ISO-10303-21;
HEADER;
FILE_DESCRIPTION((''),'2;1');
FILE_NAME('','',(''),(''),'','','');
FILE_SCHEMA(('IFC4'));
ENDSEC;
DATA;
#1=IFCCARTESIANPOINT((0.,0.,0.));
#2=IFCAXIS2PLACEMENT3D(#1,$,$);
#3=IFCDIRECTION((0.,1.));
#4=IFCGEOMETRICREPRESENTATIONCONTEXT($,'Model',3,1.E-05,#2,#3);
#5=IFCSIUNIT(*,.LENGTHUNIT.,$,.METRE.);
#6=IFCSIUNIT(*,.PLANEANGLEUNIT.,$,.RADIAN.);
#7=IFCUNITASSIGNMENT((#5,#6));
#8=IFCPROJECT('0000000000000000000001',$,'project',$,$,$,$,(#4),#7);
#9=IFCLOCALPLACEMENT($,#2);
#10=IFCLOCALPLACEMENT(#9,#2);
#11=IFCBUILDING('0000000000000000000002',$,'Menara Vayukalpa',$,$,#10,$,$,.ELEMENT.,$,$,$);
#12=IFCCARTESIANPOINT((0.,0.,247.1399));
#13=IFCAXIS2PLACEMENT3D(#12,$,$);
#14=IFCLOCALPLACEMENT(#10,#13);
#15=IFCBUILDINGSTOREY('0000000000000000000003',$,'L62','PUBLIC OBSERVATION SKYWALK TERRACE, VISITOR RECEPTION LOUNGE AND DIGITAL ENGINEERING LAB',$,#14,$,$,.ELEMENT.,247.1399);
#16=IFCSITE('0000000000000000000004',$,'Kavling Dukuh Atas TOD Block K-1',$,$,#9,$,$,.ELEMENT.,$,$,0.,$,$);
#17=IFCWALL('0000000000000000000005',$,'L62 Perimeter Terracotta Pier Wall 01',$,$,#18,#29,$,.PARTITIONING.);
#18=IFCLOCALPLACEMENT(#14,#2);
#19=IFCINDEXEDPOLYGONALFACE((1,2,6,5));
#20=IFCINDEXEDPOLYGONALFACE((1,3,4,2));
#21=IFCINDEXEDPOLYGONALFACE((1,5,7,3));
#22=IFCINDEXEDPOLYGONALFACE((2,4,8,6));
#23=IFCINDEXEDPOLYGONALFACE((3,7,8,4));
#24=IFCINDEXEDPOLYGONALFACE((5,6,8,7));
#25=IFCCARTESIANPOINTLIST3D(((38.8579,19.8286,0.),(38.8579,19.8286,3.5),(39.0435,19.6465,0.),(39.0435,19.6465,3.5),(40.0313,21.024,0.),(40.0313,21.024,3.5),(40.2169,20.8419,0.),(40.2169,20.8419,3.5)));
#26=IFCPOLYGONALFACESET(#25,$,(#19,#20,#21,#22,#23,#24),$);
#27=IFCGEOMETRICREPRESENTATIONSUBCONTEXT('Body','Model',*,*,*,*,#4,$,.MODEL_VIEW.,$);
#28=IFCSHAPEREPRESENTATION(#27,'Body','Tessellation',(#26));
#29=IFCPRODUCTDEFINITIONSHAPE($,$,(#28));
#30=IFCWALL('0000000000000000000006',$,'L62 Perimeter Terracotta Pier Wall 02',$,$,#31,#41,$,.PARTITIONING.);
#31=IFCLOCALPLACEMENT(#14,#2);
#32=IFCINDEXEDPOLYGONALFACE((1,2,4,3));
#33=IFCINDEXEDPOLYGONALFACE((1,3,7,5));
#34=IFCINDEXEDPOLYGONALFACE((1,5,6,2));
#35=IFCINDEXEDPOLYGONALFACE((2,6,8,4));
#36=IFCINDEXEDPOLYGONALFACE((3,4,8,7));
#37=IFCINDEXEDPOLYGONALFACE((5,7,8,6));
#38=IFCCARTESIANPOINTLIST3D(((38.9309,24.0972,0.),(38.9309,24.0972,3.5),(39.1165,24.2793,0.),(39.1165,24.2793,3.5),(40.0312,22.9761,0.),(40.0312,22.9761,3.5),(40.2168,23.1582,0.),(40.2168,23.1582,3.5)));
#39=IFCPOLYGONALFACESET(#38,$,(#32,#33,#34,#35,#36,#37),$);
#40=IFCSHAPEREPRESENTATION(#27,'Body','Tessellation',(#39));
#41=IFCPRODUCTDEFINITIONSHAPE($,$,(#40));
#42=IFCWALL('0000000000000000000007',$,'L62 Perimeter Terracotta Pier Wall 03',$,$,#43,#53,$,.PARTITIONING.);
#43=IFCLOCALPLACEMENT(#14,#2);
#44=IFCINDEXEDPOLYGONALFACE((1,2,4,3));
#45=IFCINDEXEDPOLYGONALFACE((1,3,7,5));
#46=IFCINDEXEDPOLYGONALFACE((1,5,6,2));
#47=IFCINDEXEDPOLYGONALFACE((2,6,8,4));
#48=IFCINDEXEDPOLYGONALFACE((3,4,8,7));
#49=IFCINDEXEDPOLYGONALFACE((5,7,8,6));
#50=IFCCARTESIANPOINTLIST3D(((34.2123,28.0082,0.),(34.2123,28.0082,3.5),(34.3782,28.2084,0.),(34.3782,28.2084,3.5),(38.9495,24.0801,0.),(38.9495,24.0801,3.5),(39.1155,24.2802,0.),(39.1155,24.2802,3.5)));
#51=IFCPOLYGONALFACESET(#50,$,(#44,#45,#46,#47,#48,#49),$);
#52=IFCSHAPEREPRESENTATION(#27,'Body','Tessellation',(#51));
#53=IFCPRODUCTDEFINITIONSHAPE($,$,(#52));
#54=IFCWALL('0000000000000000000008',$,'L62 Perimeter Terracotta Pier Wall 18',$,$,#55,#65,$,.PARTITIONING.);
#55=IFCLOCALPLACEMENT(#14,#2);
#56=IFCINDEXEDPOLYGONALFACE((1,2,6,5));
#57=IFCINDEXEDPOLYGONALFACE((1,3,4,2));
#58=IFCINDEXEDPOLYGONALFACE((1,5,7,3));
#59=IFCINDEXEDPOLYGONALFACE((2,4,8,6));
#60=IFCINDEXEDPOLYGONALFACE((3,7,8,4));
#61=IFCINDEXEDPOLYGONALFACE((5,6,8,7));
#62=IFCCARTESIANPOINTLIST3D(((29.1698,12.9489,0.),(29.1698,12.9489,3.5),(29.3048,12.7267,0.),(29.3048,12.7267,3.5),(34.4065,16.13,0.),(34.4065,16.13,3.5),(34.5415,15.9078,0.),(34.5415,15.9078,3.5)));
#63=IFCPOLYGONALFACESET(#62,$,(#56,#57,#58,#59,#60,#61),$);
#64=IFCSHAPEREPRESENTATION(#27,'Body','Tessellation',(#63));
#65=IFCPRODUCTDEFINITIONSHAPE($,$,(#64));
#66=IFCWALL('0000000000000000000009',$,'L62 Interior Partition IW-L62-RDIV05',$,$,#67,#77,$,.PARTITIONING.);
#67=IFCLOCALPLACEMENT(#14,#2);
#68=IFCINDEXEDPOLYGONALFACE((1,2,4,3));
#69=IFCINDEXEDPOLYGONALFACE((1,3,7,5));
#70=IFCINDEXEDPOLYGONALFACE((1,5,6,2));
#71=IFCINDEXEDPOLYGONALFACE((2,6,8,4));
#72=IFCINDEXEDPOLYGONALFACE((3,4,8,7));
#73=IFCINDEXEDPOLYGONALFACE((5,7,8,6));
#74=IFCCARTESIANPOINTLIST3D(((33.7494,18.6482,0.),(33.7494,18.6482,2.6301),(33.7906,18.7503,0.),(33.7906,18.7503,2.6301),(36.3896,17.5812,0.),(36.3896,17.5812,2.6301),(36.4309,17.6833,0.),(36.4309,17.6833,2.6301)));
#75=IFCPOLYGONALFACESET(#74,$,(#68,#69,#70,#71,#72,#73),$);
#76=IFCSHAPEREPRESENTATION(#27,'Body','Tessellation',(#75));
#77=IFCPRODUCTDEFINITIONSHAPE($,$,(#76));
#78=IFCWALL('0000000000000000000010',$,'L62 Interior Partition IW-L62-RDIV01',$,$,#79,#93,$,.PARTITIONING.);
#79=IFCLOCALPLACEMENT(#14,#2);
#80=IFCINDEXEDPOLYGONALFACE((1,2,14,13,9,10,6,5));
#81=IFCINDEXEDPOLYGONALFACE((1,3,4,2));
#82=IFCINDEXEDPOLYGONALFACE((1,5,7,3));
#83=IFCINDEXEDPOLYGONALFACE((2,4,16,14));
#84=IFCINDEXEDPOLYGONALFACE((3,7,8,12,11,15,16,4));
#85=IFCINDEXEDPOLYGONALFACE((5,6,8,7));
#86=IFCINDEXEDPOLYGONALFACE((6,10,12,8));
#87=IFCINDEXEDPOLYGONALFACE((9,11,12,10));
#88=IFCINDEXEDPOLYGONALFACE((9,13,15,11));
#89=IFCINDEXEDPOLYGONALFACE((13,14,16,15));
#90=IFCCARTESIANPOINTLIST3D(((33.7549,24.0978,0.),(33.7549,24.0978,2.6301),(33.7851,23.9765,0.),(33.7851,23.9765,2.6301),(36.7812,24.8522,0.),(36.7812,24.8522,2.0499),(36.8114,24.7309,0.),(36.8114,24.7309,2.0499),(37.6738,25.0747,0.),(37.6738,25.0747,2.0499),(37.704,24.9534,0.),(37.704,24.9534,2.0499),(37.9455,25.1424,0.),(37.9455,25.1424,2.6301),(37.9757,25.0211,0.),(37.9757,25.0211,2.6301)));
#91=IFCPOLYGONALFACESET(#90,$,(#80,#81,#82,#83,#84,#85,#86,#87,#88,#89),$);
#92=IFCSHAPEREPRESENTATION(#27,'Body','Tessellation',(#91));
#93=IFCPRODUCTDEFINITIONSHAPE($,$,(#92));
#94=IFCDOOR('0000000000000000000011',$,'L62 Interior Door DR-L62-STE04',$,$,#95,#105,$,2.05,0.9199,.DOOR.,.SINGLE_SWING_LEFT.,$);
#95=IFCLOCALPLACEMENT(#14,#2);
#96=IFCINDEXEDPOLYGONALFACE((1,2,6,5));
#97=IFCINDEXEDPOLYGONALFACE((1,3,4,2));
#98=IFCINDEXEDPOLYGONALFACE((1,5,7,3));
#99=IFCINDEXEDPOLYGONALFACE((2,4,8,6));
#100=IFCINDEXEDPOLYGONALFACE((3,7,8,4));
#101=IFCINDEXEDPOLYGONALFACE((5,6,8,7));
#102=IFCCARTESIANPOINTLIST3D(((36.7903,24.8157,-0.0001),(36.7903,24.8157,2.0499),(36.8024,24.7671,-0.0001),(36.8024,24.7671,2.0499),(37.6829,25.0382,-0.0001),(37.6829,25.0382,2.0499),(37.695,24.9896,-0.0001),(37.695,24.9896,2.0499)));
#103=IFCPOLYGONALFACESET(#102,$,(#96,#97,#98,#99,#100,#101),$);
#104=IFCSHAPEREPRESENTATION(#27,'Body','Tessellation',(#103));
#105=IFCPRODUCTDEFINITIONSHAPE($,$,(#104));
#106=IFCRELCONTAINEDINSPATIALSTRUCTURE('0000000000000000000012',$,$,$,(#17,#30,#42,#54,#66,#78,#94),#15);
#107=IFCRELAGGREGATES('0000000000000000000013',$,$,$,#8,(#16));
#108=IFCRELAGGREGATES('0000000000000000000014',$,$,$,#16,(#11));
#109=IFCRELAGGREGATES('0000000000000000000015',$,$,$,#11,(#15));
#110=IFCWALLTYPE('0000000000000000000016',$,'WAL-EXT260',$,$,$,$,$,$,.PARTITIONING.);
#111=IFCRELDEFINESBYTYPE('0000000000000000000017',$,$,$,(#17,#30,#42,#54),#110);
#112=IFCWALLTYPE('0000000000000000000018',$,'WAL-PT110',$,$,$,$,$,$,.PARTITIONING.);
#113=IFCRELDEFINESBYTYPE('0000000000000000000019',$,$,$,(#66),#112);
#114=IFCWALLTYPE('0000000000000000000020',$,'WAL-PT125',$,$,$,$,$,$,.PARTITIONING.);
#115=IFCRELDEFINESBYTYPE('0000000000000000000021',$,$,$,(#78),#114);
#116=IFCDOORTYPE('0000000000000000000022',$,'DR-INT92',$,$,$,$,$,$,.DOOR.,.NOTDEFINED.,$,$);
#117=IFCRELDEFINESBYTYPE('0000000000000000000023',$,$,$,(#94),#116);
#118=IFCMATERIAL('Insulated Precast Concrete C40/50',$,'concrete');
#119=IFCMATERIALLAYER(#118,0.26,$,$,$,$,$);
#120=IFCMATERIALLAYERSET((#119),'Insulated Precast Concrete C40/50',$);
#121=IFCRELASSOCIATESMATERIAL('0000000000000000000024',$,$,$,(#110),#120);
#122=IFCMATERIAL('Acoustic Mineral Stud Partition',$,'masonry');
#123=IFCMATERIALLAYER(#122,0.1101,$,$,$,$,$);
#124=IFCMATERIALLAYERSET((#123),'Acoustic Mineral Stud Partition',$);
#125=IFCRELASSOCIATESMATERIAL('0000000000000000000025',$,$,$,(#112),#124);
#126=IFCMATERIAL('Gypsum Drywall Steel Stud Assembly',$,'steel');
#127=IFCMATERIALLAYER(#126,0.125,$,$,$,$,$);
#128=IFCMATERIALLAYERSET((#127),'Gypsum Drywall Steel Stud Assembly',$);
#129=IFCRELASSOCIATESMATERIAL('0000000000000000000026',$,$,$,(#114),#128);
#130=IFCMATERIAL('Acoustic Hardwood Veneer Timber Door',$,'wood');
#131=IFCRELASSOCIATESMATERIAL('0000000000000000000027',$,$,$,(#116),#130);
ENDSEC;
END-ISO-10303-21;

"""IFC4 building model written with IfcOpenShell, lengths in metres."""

from ifc_helpers import new_model, si_unit, direction, frame, frame_2d, origin, place, context, subcontext, project, spatial, rectangle, extrude, material, layer, layer_set, type_object, element, fill, save


model = new_model("IFC4")

# Units and contexts
model_context = context("Model", 3, precision=1e-05, world=origin(), true_north=direction((0.0, 1.0)))
body_context = subcontext(model_context, "Body", "Model", "MODEL_VIEW")
ifc_project = project(units=[si_unit("LENGTHUNIT", "METRE"), si_unit("PLANEANGLEUNIT", "RADIAN")], contexts=[model_context])

# Site, building, storey
site_placement = place(None, origin())
site = spatial("IfcSite", under=ifc_project, at=site_placement, Name="Kavling Dukuh Atas TOD Block K-1", CompositionType="ELEMENT", RefElevation=0.0)
building_placement = place(site_placement, origin())
building = spatial("IfcBuilding", under=site, at=building_placement, Name="Menara Vayukalpa", CompositionType="ELEMENT")
storey_placement = place(building_placement, frame((0.0, 0.0, 247.1399)))
storey = spatial("IfcBuildingStorey", under=building, at=storey_placement, Name="L62", Description="PUBLIC OBSERVATION SKYWALK TERRACE, VISITOR RECEPTION LOUNGE AND DIGITAL ENGINEERING LAB", CompositionType="ELEMENT", Elevation=247.1399)

# Walls
ifc_material_1 = material(Name="Insulated Precast Concrete C40/50", Category="concrete")
ifc_layer_1 = layer(ifc_material_1, 0.26)
ifc_layer_set_1 = layer_set([ifc_layer_1], Name="Insulated Precast Concrete C40/50")
wall_type_1 = type_object("IfcWallType", Name="WAL-EXT260", PredefinedType="PARTITIONING", material=ifc_layer_set_1)
wall_1_placement = place(storey_placement, frame((40.124, 20.9329, 0.0), z_axis=(0.0, 0.0, 1.0), x_axis=(-0.700517, -0.713636, 0.0)))
element("IfcWall", 1, at=wall_1_placement, inside=storey, type_object=wall_type_1, Name="L62 Perimeter Terracotta Pier Wall 01", PredefinedType="PARTITIONING", context=body_context, shape_type="SweptSolid", body=[
    extrude(rectangle(XDim=1.675, YDim=0.26, at=frame_2d((0.8374, 0.0))), origin(), (0.0, 0.0, 1.0), 3.5),
])
wall_2_placement = place(storey_placement, frame((39.0237, 24.1882, 0.0), z_axis=(0.0, 0.0, 1.0), x_axis=(0.700471, -0.713681, 0.0)))
element("IfcWall", 2, at=wall_2_placement, inside=storey, type_object=wall_type_1, Name="L62 Perimeter Terracotta Pier Wall 02", PredefinedType="PARTITIONING", context=body_context, shape_type="SweptSolid", body=[
    extrude(rectangle(XDim=1.5708, YDim=0.26, at=frame_2d((0.7854, 0.0))), origin(), (0.0, 0.0, 1.0), 3.5),
])
wall_3_placement = place(storey_placement, frame((34.2952, 28.1084, 0.0), z_axis=(0.0, 0.0, 1.0), x_axis=(0.76978, -0.638309, 0.0)))
element("IfcWall", 3, at=wall_3_placement, inside=storey, type_object=wall_type_1, Name="L62 Perimeter Terracotta Pier Wall 03", PredefinedType="PARTITIONING", context=body_context, shape_type="SweptSolid", body=[
    extrude(rectangle(XDim=6.1541, YDim=0.26, at=frame_2d((3.0771, 0.0))), origin(), (0.0, 0.0, 1.0), 3.5),
])
wall_4_placement = place(storey_placement, frame((34.4739, 16.0188, 0.0), z_axis=(0.0, 0.0, 1.0), x_axis=(-0.854668, -0.519176, 0.0)))
element("IfcWall", 4, at=wall_4_placement, inside=storey, type_object=wall_type_1, Name="L62 Perimeter Terracotta Pier Wall 18", PredefinedType="PARTITIONING", context=body_context, shape_type="SweptSolid", body=[
    extrude(rectangle(XDim=6.1272, YDim=0.26, at=frame_2d((3.0635, 0.0))), origin(), (0.0, 0.0, 1.0), 3.5),
])
ifc_material_2 = material(Name="Acoustic Mineral Stud Partition", Category="masonry")
ifc_layer_2 = layer(ifc_material_2, 0.1101)
ifc_layer_set_2 = layer_set([ifc_layer_2], Name="Acoustic Mineral Stud Partition")
wall_type_2 = type_object("IfcWallType", Name="WAL-PT110", PredefinedType="PARTITIONING", material=ifc_layer_set_2)
wall_5_placement = place(storey_placement, frame((33.77, 18.6992, 0.0), z_axis=(0.0, 0.0, 1.0), x_axis=(0.927158, -0.37467, 0.0)))
element("IfcWall", 5, at=wall_5_placement, inside=storey, type_object=wall_type_2, Name="L62 Interior Partition IW-L62-RDIV05", PredefinedType="PARTITIONING", context=body_context, shape_type="SweptSolid", body=[
    extrude(rectangle(XDim=2.8477, YDim=0.1101, at=frame_2d((1.4238, 0.0))), origin(), (0.0, 0.0, 1.0), 2.6301),
])

# Wall, opening, door
ifc_material_3 = material(Name="Gypsum Drywall Steel Stud Assembly", Category="steel")
ifc_layer_3 = layer(ifc_material_3, 0.125)
ifc_layer_set_3 = layer_set([ifc_layer_3], Name="Gypsum Drywall Steel Stud Assembly")
wall_type_3 = type_object("IfcWallType", Name="WAL-PT125", PredefinedType="PARTITIONING", material=ifc_layer_set_3)
wall_6_placement = place(storey_placement, frame((33.77, 24.0371, 0.0), z_axis=(0.0, 0.0, 1.0), x_axis=(0.970305, 0.241884, 0.0)))
wall_6 = element("IfcWall", 6, at=wall_6_placement, inside=storey, type_object=wall_type_3, Name="L62 Interior Partition IW-L62-RDIV01", PredefinedType="PARTITIONING", context=body_context, shape_type="SweptSolid", body=[
    extrude(rectangle(XDim=4.3188, YDim=0.125, at=frame_2d((2.1594, 0.0))), origin(), (0.0, 0.0, 1.0), 2.6301),
])
opening_placement = place(wall_6_placement, frame((3.1189, 0.0, 0.0)))
opening = element("IfcOpeningElement", 7, at=opening_placement, cuts=wall_6, PredefinedType="OPENING", context=body_context, shape_type="SweptSolid", body=[
    extrude(rectangle(XDim=0.9199, YDim=2.05, at=frame_2d((0.46, 1.0249))), frame((0.0, 0.0725, 0.0), z_axis=(0.0, -1.0, 0.0), x_axis=(1.0, 0.0, 0.0)), (0.0, 0.0, 1.0), 0.145),
])
ifc_material_4 = material(Name="Acoustic Hardwood Veneer Timber Door", Category="wood")
door_type = type_object("IfcDoorType", Name="DR-INT92", OperationType="NOTDEFINED", PredefinedType="DOOR", material=ifc_material_4)
door_placement = place(opening_placement, origin())
door = element("IfcDoor", 8, at=door_placement, inside=storey, type_object=door_type, Name="L62 Interior Door DR-L62-STE04", OperationType="SINGLE_SWING_LEFT", OverallHeight=2.05, OverallWidth=0.9199, PredefinedType="DOOR", context=body_context, shape_type="SweptSolid", body=[
    extrude(rectangle(XDim=0.9199, YDim=2.05, at=frame_2d((0.46, 1.0249))), frame((0.0, 0.0249, 0.0), z_axis=(0.0, -1.0, 0.0), x_axis=(1.0, 0.0, 0.0)), (0.0, 0.0, 1.0), 0.05),
])
fill(opening, door)

save(model, "model.ifc")
